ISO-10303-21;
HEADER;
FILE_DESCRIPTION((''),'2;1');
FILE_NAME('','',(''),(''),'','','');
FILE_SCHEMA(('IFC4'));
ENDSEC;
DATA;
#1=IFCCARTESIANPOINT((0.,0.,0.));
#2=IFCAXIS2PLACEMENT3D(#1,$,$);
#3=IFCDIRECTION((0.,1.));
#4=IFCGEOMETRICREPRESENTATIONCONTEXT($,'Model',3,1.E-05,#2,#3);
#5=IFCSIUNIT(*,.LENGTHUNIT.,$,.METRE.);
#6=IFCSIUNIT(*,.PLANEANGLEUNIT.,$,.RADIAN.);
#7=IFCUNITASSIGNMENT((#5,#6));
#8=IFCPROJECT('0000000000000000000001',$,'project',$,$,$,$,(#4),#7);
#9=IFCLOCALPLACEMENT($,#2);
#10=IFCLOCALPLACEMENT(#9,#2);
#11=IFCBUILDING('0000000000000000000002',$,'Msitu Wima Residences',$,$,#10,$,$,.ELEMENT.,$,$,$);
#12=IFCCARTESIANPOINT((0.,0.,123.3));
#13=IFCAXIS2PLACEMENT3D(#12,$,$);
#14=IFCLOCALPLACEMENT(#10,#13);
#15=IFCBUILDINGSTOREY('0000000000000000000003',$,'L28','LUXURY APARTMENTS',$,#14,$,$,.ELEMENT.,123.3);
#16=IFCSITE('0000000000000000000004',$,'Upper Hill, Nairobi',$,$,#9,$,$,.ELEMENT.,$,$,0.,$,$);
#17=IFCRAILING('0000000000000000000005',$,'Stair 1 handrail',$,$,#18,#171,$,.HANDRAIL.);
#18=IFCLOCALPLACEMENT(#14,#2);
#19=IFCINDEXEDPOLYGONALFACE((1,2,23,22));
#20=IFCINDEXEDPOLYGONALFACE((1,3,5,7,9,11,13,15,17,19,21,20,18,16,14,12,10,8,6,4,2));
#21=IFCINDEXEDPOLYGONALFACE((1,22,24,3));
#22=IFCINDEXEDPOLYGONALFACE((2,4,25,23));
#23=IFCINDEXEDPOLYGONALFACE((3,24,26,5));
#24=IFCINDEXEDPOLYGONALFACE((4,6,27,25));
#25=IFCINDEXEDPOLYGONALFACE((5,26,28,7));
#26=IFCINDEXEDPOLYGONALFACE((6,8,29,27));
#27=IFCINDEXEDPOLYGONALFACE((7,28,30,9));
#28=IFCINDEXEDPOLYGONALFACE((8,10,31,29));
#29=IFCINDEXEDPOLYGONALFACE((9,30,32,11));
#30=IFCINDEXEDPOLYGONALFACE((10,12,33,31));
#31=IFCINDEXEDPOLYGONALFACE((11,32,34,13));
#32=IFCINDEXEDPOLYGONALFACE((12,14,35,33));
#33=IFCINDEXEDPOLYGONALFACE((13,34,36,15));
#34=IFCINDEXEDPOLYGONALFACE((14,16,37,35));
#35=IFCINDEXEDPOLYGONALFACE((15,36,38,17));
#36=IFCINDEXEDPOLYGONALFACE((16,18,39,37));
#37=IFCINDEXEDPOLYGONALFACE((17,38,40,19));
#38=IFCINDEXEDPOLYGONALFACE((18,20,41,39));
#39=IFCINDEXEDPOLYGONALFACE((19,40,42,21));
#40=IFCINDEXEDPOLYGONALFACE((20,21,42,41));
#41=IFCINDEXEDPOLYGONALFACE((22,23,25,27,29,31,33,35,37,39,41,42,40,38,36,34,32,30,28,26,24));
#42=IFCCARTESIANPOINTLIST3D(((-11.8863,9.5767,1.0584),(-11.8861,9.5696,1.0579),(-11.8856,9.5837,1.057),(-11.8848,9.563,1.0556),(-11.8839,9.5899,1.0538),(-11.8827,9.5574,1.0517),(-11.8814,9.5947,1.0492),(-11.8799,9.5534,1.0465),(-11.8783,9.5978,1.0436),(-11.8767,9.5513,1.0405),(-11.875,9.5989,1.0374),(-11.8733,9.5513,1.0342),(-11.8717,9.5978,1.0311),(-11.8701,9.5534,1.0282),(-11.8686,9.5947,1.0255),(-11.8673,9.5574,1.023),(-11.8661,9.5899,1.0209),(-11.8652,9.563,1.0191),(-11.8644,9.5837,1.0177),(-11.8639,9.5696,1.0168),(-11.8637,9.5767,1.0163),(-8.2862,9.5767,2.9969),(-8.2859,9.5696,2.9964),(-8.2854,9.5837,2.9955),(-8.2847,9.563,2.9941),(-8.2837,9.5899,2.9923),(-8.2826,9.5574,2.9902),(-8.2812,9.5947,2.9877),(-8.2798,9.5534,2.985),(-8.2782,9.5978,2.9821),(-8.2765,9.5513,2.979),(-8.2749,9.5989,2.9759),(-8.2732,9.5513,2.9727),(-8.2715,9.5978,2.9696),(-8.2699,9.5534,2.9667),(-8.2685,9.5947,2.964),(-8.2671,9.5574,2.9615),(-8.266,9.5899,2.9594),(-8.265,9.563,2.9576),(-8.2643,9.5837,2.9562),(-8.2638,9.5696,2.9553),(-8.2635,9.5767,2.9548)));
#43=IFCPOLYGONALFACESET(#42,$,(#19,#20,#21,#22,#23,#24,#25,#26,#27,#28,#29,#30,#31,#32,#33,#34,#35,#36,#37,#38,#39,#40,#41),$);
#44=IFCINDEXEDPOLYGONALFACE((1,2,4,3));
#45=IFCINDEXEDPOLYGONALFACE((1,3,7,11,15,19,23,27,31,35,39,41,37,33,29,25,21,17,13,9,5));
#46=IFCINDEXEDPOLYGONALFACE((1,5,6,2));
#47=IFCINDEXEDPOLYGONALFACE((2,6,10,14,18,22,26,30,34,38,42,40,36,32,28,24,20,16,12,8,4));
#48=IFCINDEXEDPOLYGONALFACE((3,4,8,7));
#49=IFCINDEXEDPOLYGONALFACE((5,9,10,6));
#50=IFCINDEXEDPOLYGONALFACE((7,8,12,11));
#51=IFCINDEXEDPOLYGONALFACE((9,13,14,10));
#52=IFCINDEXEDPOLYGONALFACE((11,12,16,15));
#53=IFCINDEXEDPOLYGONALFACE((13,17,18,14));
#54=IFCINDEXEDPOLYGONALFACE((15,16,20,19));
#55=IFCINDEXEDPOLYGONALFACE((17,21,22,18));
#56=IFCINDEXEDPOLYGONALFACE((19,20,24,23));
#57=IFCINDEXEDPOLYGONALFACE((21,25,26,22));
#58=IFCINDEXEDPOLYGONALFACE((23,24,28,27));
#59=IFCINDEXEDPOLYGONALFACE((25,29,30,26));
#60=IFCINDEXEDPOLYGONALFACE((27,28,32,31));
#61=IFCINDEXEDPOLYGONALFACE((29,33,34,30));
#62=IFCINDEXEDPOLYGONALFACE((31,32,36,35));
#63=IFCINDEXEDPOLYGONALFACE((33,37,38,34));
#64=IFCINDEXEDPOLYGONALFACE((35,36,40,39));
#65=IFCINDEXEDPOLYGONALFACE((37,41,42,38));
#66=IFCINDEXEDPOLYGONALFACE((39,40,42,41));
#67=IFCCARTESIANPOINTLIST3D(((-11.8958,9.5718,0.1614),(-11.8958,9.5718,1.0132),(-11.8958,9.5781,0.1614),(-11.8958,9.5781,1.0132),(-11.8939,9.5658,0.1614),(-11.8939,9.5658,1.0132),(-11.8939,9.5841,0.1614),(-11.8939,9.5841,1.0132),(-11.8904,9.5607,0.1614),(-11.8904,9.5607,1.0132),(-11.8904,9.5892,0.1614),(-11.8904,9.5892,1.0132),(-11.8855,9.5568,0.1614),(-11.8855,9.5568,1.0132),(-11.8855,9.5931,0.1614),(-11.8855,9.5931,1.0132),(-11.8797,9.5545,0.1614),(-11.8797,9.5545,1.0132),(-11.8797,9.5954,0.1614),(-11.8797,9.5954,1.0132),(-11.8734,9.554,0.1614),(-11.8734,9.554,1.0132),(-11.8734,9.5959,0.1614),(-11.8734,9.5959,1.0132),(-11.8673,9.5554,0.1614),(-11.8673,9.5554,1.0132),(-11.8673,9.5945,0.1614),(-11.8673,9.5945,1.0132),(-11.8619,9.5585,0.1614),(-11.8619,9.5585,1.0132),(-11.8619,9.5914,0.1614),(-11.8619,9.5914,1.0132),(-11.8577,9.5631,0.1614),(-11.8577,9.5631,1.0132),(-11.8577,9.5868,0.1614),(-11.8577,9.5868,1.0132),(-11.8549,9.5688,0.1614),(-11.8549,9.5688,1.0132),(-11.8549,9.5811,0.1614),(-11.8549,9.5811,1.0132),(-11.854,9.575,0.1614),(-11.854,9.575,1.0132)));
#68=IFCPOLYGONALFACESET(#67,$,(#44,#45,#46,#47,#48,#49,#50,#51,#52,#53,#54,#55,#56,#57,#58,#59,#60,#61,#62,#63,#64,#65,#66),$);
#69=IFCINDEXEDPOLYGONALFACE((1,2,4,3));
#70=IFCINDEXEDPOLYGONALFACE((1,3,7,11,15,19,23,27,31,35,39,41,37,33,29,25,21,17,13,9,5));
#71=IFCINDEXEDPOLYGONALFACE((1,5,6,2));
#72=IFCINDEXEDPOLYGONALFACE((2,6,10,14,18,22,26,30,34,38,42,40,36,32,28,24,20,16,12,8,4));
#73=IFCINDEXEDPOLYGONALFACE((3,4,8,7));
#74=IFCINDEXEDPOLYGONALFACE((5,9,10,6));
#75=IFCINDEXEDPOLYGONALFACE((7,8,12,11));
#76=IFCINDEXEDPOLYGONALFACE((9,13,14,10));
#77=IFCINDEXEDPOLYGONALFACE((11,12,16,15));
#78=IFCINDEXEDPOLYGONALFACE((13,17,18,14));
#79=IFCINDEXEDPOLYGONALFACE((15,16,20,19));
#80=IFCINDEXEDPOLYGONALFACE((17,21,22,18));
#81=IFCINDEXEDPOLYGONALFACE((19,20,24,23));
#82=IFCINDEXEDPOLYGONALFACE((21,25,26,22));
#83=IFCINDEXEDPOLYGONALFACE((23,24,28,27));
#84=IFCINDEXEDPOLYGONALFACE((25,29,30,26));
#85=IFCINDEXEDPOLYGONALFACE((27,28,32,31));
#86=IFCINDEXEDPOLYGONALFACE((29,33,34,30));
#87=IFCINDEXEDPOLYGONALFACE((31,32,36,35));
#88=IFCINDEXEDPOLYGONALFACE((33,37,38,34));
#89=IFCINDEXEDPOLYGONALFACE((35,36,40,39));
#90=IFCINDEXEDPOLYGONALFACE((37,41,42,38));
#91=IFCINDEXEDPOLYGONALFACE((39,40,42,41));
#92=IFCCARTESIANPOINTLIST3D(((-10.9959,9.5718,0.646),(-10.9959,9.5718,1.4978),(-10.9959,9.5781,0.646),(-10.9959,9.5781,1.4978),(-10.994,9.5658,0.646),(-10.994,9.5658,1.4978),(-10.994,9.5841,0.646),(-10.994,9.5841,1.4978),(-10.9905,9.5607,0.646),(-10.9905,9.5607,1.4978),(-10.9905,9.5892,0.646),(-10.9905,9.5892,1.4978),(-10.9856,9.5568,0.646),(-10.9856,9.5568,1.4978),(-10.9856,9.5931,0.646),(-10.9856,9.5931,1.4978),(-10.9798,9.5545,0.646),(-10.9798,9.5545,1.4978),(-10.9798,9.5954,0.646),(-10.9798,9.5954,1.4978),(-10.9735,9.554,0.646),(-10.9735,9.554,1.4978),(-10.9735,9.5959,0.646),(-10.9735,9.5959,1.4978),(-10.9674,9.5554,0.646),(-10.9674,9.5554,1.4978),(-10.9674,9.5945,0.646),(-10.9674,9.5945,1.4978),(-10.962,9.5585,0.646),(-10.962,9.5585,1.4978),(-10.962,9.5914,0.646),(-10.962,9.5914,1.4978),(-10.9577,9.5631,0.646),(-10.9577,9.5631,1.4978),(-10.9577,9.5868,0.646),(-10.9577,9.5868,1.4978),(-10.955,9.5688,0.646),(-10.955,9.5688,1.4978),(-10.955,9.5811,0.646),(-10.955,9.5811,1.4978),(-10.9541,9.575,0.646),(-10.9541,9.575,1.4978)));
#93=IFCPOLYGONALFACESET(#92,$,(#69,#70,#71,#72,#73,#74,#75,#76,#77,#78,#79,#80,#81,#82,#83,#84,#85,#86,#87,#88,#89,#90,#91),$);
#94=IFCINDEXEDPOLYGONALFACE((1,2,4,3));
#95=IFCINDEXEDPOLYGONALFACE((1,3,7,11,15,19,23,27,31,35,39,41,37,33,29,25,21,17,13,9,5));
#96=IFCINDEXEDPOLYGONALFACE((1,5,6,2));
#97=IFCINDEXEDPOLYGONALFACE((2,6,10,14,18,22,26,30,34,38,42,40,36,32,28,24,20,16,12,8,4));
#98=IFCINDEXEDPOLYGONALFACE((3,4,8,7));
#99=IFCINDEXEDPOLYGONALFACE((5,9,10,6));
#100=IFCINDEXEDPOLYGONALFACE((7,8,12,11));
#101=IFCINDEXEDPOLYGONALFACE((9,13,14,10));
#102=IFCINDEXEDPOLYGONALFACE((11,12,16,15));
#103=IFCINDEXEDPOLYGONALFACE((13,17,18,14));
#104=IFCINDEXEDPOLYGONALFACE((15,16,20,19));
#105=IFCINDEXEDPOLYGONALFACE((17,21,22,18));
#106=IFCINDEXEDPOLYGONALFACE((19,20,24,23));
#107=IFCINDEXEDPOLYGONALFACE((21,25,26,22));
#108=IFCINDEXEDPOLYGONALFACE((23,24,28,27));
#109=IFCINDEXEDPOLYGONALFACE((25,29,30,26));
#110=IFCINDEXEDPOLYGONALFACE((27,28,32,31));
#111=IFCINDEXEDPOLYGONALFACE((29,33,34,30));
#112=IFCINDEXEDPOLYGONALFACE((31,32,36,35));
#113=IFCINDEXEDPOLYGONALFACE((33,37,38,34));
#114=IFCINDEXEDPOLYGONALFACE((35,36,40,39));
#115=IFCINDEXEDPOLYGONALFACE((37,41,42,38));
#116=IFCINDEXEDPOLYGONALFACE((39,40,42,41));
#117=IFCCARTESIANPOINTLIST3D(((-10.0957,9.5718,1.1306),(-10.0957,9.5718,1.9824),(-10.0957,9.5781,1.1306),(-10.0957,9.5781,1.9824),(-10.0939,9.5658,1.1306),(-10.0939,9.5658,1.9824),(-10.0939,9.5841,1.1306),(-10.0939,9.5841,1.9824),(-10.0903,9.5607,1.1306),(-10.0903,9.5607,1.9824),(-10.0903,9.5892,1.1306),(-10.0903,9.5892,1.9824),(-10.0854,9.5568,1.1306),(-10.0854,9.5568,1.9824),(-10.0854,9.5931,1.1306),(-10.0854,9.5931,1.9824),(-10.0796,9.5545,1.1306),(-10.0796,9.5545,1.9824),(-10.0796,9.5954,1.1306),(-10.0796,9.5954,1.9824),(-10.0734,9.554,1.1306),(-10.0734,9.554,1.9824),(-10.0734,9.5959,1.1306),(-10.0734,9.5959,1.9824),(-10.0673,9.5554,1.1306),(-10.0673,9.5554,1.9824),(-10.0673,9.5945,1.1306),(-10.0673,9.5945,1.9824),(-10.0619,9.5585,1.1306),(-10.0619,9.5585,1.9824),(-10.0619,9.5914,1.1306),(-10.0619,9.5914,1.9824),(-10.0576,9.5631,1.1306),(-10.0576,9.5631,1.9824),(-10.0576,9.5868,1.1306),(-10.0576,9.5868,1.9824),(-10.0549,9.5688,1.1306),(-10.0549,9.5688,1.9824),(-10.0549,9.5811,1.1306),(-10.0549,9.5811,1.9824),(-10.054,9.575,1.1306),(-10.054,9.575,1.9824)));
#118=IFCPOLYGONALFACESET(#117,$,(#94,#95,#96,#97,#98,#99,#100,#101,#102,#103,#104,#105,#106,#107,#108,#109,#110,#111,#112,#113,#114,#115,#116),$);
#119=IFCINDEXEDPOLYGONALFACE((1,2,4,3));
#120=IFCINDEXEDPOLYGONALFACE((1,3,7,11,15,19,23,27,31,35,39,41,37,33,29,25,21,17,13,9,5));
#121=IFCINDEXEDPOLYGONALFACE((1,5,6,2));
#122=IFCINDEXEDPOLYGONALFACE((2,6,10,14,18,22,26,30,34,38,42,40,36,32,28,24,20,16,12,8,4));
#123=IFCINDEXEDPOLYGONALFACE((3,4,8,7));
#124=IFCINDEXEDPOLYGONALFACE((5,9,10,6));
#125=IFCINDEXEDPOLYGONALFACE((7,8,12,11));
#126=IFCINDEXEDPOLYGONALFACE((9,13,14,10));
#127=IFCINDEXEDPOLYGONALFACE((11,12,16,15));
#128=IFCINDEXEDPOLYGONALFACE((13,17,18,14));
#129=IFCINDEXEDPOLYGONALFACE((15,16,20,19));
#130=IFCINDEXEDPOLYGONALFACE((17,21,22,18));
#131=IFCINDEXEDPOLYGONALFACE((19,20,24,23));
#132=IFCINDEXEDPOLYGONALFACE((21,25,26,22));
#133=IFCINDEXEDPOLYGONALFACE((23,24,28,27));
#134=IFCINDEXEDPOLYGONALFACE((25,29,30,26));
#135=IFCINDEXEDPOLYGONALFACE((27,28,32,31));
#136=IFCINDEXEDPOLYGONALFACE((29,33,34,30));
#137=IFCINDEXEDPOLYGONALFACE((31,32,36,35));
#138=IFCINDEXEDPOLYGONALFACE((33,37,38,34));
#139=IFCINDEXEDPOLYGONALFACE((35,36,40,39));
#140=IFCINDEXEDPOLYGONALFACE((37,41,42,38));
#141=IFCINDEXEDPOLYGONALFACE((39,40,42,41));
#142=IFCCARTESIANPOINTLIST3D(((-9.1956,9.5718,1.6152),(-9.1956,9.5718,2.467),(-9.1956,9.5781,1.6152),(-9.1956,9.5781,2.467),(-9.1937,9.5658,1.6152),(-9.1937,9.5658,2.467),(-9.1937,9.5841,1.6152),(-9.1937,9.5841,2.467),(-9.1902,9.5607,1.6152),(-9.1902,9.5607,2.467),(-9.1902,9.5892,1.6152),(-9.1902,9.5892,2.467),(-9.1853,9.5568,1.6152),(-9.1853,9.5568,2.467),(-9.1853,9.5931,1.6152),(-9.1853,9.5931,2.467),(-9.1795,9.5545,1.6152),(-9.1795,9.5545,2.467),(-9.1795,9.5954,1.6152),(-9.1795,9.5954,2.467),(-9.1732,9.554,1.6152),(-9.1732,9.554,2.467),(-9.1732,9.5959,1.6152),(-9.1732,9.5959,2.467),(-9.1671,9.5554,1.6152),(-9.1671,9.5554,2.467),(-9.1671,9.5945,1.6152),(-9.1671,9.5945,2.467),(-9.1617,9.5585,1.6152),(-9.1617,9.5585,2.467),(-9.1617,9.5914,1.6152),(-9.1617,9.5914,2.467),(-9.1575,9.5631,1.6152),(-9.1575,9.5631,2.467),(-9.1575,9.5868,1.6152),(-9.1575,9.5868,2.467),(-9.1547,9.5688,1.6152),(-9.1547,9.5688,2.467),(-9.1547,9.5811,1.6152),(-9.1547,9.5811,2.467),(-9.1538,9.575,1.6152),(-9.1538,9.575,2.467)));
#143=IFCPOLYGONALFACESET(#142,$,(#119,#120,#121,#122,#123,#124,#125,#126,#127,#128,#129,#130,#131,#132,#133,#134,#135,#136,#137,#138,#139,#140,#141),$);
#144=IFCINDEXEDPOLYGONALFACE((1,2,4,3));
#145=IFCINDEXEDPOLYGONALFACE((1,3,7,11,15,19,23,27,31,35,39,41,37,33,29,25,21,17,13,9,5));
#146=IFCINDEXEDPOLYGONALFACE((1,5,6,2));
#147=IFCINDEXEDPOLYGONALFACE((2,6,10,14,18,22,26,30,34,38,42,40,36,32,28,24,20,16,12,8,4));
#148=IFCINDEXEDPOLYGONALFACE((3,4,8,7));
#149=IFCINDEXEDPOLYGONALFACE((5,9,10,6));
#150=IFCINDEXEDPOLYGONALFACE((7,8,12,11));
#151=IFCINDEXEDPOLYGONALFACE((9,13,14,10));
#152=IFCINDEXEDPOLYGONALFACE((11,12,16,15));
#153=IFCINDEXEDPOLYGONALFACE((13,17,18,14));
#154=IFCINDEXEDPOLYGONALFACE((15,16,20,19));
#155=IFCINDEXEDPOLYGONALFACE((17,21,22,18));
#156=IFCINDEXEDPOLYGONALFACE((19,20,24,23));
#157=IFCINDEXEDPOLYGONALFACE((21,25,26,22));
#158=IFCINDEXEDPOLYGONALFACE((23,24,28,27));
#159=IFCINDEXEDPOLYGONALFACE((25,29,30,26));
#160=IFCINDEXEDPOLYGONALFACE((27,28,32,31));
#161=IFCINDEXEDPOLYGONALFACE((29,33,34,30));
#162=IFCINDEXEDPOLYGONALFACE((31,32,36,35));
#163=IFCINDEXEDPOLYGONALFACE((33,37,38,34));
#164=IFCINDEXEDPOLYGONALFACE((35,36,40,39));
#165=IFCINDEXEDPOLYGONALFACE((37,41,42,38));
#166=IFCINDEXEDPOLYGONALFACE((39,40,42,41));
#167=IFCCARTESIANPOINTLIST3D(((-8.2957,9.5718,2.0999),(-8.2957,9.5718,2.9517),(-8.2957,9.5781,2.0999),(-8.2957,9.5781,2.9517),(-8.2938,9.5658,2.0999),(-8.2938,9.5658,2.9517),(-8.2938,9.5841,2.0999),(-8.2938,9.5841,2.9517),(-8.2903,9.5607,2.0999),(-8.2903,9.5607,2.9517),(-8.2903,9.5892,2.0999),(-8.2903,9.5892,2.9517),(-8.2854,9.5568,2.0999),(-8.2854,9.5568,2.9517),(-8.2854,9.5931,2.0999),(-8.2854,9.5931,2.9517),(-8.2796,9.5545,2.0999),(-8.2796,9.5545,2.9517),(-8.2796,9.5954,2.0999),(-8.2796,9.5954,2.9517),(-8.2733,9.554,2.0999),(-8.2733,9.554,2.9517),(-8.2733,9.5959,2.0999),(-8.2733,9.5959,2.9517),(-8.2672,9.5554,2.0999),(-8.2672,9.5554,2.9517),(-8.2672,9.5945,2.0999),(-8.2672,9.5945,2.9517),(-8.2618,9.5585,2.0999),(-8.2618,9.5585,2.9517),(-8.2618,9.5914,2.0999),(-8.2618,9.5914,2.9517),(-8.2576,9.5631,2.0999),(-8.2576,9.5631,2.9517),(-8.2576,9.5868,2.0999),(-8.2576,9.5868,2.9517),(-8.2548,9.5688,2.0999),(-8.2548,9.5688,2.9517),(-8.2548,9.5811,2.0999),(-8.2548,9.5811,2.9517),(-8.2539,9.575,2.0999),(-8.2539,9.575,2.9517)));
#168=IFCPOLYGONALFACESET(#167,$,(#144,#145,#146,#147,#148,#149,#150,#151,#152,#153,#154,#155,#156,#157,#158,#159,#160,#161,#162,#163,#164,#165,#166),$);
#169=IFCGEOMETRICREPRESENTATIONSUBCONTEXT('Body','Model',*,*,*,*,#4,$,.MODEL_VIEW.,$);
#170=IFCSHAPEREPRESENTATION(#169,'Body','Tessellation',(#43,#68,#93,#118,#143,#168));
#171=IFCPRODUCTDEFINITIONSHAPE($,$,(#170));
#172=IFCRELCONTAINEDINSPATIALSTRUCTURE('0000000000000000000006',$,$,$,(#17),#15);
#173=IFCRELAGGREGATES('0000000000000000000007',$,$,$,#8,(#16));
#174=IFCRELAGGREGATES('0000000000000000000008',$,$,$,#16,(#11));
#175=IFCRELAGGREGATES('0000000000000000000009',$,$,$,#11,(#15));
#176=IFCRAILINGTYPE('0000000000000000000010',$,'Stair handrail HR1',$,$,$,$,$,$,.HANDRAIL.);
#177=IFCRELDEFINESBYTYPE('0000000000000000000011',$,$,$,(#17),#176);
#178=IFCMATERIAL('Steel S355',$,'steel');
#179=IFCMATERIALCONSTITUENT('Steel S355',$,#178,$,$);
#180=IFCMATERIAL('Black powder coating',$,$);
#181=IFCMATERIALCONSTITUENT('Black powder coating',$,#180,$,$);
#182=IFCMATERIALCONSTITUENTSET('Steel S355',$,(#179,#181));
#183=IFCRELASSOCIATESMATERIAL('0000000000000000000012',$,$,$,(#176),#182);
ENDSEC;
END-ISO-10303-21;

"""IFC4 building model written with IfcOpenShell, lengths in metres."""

from ifc_helpers import new_model, si_unit, direction, frame, origin, origin_2d, place, context, subcontext, project, spatial, circle, extrude, material, constituent, constituent_set, type_object, element, save


model = new_model("IFC4")

# Units and contexts
model_context = context("Model", 3, precision=1e-05, world=origin(), true_north=direction((0.0, 1.0)))
body_context = subcontext(model_context, "Body", "Model", "MODEL_VIEW")
ifc_project = project(units=[si_unit("LENGTHUNIT", "METRE"), si_unit("PLANEANGLEUNIT", "RADIAN")], contexts=[model_context])

# Site, building, storey
site_placement = place(None, origin())
site = spatial("IfcSite", under=ifc_project, at=site_placement, Name="Upper Hill, Nairobi", CompositionType="ELEMENT", RefElevation=0.0)
building_placement = place(site_placement, origin())
building = spatial("IfcBuilding", under=site, at=building_placement, Name="Msitu Wima Residences", CompositionType="ELEMENT")
storey_placement = place(building_placement, frame((0.0, 0.0, 123.3)))
storey = spatial("IfcBuildingStorey", under=building, at=storey_placement, Name="L28", Description="LUXURY APARTMENTS", CompositionType="ELEMENT", Elevation=123.3)

# Railing
ifc_material_1 = material(Name="Steel S355", Category="steel")
ifc_constituent_1 = constituent(ifc_material_1, Name="Steel S355")
ifc_material_2 = material(Name="Black powder coating")
ifc_constituent_2 = constituent(ifc_material_2, Name="Black powder coating")
ifc_constituent_set = constituent_set(constituents=[ifc_constituent_1, ifc_constituent_2], Name="Steel S355")
railing_type = type_object("IfcRailingType", Name="Stair handrail HR1", PredefinedType="HANDRAIL", material=ifc_constituent_set)
for number, where, name in (
    (1, (-11.875, 9.575, 0.1614), "Stair 1 handrail"),
):
    element("IfcRailing", number, at=place(storey_placement, frame(where)), inside=storey, type_object=railing_type, Name=name, PredefinedType="HANDRAIL", context=body_context, shape_type="SweptSolid", body=[
        extrude(circle(Radius=0.0239, at=origin_2d()), frame((0.0, 0.0, 0.876), z_axis=(0.880475, 0.0, 0.474093), x_axis=(0.0, 1.0, 0.0)), (0.0, 0.0, 1.0), 4.0889),
        extrude(circle(Radius=0.021, at=origin_2d()), origin(), (0.0, 0.0, 1.0), 0.8518),
        extrude(circle(Radius=0.021, at=origin_2d()), frame((0.8999, 0.0, 0.4846)), (0.0, 0.0, 1.0), 0.8518),
        extrude(circle(Radius=0.021, at=origin_2d()), frame((1.8, 0.0, 0.9692)), (0.0, 0.0, 1.0), 0.8518),
        extrude(circle(Radius=0.021, at=origin_2d()), frame((2.7002, 0.0, 1.4539)), (0.0, 0.0, 1.0), 0.8518),
        extrude(circle(Radius=0.021, at=origin_2d()), frame((3.6001, 0.0, 1.9385)), (0.0, 0.0, 1.0), 0.8518),
    ])

save(model, "model.ifc")
